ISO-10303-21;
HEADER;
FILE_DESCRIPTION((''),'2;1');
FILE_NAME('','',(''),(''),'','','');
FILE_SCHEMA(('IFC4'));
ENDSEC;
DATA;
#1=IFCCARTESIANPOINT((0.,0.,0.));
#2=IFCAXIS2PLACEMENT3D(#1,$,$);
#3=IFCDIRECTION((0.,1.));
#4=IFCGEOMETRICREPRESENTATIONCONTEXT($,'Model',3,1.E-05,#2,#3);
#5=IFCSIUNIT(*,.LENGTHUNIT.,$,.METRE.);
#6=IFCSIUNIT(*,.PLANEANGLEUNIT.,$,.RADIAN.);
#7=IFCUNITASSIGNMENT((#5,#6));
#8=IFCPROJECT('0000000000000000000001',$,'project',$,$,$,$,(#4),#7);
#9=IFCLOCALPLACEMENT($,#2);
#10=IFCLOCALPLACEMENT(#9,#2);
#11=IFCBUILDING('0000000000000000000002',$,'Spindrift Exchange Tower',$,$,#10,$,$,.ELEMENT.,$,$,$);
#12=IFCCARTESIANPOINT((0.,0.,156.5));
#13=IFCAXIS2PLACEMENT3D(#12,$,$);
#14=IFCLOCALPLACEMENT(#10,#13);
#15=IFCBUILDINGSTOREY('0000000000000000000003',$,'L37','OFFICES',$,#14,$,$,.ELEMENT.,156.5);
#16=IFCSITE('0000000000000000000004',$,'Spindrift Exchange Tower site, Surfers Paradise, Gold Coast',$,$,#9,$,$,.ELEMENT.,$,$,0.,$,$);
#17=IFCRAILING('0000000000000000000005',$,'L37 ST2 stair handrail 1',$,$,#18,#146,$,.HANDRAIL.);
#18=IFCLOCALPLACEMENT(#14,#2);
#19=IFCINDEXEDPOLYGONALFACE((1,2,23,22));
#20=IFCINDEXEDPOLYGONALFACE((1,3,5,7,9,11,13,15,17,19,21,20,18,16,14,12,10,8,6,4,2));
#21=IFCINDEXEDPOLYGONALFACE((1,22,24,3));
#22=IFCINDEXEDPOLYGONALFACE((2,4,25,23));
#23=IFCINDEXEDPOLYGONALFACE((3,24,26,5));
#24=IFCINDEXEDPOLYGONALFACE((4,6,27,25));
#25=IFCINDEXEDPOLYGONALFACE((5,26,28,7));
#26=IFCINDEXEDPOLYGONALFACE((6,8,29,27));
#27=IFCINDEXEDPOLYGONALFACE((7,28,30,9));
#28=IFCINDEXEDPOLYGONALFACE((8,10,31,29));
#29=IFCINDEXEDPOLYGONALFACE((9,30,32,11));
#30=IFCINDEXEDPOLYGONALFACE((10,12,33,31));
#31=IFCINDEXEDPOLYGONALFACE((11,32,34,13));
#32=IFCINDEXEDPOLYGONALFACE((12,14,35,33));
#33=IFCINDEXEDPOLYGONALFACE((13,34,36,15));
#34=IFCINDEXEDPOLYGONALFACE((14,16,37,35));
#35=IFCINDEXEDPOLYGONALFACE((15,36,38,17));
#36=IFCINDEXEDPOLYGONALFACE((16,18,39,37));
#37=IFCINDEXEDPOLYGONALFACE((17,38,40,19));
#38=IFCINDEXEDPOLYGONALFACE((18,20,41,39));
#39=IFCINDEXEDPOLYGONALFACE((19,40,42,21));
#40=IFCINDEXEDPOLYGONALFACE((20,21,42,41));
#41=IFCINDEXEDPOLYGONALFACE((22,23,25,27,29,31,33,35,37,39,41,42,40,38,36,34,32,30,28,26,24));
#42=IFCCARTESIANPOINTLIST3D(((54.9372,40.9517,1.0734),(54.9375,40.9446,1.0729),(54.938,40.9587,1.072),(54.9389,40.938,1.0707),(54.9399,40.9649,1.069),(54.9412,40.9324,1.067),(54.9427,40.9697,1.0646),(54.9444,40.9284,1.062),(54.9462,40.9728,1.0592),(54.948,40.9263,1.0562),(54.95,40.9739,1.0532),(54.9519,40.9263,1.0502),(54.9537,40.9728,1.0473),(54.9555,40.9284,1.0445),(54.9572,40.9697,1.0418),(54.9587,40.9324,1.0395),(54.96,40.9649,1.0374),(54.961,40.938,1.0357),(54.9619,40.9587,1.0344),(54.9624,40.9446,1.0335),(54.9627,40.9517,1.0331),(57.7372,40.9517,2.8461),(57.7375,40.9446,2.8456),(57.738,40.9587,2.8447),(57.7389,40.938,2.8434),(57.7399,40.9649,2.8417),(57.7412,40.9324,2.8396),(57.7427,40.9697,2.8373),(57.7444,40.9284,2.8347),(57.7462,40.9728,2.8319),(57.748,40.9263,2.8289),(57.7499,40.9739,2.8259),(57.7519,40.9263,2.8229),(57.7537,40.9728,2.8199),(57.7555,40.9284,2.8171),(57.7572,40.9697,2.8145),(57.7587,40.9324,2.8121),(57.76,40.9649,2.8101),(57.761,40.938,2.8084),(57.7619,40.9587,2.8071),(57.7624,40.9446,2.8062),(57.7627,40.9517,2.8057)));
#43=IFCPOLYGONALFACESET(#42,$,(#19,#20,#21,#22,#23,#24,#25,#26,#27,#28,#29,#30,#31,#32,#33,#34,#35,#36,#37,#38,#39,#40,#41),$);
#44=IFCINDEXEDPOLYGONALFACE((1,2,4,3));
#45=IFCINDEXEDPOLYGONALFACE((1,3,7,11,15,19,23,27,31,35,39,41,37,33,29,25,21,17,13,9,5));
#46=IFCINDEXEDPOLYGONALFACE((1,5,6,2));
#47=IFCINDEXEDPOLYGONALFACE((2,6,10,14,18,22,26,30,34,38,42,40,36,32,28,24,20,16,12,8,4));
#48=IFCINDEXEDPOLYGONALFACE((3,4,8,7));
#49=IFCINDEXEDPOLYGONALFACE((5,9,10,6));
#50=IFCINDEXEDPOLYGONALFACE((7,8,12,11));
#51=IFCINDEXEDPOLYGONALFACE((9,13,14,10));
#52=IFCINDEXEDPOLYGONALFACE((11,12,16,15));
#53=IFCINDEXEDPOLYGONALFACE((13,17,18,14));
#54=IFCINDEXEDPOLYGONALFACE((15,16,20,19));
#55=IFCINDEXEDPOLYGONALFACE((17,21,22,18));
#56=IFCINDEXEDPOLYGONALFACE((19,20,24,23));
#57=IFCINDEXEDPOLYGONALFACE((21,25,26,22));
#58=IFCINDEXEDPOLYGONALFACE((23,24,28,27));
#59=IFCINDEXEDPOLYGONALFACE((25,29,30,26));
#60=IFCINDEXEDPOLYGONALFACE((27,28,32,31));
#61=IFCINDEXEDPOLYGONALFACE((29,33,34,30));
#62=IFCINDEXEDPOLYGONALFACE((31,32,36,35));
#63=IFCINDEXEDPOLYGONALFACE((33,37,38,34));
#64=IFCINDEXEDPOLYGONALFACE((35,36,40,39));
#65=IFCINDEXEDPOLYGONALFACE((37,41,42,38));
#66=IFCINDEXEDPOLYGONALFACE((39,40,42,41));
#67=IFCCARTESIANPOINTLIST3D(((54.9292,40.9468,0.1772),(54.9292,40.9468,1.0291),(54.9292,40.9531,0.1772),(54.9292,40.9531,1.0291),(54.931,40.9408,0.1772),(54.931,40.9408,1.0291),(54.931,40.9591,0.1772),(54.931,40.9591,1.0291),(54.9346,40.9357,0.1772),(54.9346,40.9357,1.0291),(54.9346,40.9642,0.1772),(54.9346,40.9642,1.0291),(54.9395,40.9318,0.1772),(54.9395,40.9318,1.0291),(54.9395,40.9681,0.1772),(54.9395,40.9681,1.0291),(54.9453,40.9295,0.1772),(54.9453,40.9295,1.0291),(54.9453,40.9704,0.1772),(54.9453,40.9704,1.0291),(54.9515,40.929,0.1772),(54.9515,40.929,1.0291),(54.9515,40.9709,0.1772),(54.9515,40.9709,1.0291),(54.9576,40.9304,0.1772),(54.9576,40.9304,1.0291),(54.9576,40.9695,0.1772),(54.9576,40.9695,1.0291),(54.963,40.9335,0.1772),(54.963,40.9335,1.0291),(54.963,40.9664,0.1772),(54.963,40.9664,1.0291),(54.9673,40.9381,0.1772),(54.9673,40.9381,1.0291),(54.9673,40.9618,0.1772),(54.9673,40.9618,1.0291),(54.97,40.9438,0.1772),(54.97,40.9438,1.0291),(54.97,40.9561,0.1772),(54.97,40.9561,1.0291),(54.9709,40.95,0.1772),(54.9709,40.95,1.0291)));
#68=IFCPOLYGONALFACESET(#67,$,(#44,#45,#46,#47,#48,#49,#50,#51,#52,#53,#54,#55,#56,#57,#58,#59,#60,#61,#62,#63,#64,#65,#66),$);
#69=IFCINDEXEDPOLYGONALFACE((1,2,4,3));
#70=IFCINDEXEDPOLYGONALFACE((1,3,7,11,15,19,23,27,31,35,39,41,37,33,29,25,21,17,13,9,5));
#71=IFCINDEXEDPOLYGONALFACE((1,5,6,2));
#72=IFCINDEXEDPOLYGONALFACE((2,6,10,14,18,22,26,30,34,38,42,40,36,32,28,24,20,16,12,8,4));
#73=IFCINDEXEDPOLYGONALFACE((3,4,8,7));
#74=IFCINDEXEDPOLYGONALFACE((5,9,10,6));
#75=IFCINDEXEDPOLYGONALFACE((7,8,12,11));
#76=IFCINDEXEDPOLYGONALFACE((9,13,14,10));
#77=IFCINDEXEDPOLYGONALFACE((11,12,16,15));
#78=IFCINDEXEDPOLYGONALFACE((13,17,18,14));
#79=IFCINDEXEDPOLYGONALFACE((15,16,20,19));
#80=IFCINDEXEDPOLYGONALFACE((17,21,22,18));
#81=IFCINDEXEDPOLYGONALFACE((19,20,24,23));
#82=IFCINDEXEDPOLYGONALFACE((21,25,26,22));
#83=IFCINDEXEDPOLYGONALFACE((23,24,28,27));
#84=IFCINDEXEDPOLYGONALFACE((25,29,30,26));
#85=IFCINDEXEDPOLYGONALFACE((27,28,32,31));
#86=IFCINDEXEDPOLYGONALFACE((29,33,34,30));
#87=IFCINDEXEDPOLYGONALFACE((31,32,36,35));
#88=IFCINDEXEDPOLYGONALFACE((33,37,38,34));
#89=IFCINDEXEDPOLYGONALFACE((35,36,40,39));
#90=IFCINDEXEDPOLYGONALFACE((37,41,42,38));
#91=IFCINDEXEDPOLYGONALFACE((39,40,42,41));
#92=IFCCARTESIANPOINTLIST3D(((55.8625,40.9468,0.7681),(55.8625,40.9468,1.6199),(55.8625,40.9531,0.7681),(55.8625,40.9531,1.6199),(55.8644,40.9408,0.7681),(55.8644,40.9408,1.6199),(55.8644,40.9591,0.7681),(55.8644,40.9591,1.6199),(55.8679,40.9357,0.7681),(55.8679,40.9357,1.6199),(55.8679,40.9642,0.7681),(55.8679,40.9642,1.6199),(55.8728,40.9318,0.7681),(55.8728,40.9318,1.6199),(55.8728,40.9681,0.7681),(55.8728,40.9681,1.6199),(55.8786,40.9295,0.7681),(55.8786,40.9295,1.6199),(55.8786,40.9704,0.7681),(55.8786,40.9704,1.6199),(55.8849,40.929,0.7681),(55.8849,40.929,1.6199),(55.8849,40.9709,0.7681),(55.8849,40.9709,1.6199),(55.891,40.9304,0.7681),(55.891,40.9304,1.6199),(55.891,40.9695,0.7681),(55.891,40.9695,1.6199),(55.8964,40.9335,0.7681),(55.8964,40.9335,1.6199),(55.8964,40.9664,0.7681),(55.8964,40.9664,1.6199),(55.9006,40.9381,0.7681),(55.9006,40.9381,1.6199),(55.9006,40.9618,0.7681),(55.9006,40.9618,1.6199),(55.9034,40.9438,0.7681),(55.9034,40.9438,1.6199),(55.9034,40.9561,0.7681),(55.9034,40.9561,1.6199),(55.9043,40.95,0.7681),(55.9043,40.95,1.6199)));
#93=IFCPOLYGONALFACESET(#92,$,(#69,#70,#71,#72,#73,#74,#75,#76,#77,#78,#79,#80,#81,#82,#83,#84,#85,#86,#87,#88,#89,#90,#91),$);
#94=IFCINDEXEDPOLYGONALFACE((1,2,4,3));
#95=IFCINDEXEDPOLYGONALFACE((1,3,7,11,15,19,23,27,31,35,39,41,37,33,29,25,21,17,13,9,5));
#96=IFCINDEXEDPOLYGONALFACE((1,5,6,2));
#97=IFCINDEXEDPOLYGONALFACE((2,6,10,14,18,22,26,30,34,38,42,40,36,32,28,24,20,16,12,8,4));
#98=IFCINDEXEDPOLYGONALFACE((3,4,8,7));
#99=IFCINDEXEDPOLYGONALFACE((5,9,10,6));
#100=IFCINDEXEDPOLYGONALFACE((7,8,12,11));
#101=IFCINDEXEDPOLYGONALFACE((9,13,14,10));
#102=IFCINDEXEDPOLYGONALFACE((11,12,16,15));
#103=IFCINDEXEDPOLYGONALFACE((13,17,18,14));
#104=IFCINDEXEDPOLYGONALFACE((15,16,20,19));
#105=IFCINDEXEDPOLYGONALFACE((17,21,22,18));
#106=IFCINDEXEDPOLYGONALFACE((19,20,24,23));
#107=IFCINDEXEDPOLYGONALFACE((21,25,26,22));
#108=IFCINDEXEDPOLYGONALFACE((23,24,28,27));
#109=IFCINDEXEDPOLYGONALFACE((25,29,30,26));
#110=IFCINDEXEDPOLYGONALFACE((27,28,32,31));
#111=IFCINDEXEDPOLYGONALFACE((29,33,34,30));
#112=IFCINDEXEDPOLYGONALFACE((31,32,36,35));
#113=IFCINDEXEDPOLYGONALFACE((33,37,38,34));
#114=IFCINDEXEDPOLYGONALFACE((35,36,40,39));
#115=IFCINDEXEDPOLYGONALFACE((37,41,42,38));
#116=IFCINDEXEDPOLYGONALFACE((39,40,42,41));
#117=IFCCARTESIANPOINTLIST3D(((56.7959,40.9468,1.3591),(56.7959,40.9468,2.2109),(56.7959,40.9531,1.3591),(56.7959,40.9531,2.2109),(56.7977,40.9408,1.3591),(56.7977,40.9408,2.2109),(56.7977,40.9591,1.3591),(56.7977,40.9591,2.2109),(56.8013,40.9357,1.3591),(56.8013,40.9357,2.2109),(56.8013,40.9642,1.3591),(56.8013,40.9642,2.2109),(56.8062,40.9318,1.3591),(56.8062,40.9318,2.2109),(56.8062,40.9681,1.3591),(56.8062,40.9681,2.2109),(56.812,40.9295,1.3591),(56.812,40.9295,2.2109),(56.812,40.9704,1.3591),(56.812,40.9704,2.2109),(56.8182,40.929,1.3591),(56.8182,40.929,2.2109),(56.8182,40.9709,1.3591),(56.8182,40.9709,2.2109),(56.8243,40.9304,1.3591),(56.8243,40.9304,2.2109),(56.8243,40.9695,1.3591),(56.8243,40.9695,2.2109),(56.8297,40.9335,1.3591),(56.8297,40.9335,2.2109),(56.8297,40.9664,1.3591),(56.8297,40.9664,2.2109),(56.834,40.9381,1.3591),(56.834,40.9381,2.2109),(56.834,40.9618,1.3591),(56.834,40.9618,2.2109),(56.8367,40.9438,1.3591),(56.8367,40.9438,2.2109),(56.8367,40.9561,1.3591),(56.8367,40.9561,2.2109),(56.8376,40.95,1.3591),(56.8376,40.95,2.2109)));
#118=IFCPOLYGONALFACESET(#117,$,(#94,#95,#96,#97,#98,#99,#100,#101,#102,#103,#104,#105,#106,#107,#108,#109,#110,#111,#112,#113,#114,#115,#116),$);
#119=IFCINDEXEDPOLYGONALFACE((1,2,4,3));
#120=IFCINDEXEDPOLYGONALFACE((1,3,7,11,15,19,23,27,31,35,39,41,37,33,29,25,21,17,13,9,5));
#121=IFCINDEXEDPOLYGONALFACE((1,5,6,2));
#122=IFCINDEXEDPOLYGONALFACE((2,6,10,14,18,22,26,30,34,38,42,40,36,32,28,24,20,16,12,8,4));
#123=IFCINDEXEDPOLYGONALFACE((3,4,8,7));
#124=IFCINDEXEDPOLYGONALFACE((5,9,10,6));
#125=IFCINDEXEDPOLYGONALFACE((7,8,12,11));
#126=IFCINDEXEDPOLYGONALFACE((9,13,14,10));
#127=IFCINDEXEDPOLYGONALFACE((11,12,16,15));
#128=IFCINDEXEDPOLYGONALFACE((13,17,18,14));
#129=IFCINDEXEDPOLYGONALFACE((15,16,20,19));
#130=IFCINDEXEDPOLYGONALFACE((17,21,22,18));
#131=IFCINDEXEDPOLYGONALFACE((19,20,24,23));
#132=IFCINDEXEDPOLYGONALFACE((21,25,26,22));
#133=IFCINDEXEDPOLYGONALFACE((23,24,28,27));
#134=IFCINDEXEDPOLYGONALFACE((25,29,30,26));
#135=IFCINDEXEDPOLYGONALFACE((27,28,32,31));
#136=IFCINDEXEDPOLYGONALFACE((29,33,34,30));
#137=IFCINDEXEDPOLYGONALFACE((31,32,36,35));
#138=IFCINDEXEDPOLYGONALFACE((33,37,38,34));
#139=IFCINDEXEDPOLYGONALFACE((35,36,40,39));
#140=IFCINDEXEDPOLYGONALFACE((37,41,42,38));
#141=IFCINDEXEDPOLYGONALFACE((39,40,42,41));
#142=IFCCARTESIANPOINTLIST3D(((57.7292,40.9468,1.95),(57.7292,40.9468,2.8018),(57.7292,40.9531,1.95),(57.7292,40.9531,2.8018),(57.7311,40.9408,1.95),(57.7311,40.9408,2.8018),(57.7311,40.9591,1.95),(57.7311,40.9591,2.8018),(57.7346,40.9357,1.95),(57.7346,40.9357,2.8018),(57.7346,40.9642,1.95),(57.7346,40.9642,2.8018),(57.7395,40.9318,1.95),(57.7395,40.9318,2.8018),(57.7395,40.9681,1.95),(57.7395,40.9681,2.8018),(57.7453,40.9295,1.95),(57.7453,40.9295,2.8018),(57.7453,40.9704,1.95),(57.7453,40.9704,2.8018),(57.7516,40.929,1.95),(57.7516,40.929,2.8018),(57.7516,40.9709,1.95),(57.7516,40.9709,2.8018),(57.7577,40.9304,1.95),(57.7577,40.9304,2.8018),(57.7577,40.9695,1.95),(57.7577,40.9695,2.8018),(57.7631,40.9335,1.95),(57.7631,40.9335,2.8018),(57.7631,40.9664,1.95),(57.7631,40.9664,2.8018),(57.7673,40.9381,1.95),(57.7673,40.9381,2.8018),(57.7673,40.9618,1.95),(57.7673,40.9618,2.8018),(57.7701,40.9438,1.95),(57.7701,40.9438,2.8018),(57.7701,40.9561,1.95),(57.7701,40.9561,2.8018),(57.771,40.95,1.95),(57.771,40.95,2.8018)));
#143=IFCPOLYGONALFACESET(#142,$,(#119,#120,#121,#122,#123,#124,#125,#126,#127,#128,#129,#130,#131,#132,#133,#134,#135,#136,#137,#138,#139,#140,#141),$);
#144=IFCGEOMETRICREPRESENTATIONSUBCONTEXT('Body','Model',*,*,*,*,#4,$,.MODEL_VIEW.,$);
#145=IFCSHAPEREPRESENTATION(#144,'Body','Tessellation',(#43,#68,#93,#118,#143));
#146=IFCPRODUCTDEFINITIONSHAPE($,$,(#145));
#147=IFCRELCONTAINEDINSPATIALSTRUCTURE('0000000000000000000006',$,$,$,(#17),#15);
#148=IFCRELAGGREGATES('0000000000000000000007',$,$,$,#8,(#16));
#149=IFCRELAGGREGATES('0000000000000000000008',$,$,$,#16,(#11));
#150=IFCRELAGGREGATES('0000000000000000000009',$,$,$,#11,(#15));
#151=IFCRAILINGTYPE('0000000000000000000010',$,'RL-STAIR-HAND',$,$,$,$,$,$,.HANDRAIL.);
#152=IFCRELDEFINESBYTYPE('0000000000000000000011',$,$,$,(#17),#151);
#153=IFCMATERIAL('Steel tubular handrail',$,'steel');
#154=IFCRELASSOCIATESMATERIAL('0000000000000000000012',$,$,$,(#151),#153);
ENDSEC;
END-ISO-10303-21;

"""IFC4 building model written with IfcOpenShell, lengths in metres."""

from ifc_helpers import new_model, si_unit, direction, frame, origin, origin_2d, place, context, subcontext, project, spatial, circle, extrude, material, type_object, element, save


model = new_model("IFC4")

# Units and contexts
model_context = context("Model", 3, precision=1e-05, world=origin(), true_north=direction((0.0, 1.0)))
body_context = subcontext(model_context, "Body", "Model", "MODEL_VIEW")
ifc_project = project(units=[si_unit("LENGTHUNIT", "METRE"), si_unit("PLANEANGLEUNIT", "RADIAN")], contexts=[model_context])

# Site, building, storey
site_placement = place(None, origin())
site = spatial("IfcSite", under=ifc_project, at=site_placement, Name="Spindrift Exchange Tower site, Surfers Paradise, Gold Coast", CompositionType="ELEMENT", RefElevation=0.0)
building_placement = place(site_placement, origin())
building = spatial("IfcBuilding", under=site, at=building_placement, Name="Spindrift Exchange Tower", CompositionType="ELEMENT")
storey_placement = place(building_placement, frame((0.0, 0.0, 156.5)))
storey = spatial("IfcBuildingStorey", under=building, at=storey_placement, Name="L37", Description="OFFICES", CompositionType="ELEMENT", Elevation=156.5)

# Railing
ifc_material_1 = material(Name="Steel tubular handrail", Category="steel")
railing_type_1 = type_object("IfcRailingType", Name="RL-STAIR-HAND", PredefinedType="HANDRAIL", material=ifc_material_1)
railing_1_placement = place(storey_placement, frame((54.95, 40.95, 0.1772)))
element("IfcRailing", 1, at=railing_1_placement, inside=storey, type_object=railing_type_1, Name="L37 ST2 stair handrail 1", PredefinedType="HANDRAIL", context=body_context, shape_type="SweptSolid", body=[
    extrude(circle(Radius=0.0239, at=origin_2d()), frame((0.0, 0.0, 0.876), z_axis=(0.844909, 0.0, 0.53491), x_axis=(0.0, 1.0, 0.0)), (0.0, 0.0, 1.0), 3.314),
    extrude(circle(Radius=0.021, at=origin_2d()), origin(), (0.0, 0.0, 1.0), 0.8518),
    extrude(circle(Radius=0.021, at=origin_2d()), frame((0.9333, 0.0, 0.5908)), (0.0, 0.0, 1.0), 0.8518),
    extrude(circle(Radius=0.021, at=origin_2d()), frame((1.8667, 0.0, 1.1819)), (0.0, 0.0, 1.0), 0.8518),
    extrude(circle(Radius=0.021, at=origin_2d()), frame((2.8, 0.0, 1.7727)), (0.0, 0.0, 1.0), 0.8518),
])

save(model, "model.ifc")
